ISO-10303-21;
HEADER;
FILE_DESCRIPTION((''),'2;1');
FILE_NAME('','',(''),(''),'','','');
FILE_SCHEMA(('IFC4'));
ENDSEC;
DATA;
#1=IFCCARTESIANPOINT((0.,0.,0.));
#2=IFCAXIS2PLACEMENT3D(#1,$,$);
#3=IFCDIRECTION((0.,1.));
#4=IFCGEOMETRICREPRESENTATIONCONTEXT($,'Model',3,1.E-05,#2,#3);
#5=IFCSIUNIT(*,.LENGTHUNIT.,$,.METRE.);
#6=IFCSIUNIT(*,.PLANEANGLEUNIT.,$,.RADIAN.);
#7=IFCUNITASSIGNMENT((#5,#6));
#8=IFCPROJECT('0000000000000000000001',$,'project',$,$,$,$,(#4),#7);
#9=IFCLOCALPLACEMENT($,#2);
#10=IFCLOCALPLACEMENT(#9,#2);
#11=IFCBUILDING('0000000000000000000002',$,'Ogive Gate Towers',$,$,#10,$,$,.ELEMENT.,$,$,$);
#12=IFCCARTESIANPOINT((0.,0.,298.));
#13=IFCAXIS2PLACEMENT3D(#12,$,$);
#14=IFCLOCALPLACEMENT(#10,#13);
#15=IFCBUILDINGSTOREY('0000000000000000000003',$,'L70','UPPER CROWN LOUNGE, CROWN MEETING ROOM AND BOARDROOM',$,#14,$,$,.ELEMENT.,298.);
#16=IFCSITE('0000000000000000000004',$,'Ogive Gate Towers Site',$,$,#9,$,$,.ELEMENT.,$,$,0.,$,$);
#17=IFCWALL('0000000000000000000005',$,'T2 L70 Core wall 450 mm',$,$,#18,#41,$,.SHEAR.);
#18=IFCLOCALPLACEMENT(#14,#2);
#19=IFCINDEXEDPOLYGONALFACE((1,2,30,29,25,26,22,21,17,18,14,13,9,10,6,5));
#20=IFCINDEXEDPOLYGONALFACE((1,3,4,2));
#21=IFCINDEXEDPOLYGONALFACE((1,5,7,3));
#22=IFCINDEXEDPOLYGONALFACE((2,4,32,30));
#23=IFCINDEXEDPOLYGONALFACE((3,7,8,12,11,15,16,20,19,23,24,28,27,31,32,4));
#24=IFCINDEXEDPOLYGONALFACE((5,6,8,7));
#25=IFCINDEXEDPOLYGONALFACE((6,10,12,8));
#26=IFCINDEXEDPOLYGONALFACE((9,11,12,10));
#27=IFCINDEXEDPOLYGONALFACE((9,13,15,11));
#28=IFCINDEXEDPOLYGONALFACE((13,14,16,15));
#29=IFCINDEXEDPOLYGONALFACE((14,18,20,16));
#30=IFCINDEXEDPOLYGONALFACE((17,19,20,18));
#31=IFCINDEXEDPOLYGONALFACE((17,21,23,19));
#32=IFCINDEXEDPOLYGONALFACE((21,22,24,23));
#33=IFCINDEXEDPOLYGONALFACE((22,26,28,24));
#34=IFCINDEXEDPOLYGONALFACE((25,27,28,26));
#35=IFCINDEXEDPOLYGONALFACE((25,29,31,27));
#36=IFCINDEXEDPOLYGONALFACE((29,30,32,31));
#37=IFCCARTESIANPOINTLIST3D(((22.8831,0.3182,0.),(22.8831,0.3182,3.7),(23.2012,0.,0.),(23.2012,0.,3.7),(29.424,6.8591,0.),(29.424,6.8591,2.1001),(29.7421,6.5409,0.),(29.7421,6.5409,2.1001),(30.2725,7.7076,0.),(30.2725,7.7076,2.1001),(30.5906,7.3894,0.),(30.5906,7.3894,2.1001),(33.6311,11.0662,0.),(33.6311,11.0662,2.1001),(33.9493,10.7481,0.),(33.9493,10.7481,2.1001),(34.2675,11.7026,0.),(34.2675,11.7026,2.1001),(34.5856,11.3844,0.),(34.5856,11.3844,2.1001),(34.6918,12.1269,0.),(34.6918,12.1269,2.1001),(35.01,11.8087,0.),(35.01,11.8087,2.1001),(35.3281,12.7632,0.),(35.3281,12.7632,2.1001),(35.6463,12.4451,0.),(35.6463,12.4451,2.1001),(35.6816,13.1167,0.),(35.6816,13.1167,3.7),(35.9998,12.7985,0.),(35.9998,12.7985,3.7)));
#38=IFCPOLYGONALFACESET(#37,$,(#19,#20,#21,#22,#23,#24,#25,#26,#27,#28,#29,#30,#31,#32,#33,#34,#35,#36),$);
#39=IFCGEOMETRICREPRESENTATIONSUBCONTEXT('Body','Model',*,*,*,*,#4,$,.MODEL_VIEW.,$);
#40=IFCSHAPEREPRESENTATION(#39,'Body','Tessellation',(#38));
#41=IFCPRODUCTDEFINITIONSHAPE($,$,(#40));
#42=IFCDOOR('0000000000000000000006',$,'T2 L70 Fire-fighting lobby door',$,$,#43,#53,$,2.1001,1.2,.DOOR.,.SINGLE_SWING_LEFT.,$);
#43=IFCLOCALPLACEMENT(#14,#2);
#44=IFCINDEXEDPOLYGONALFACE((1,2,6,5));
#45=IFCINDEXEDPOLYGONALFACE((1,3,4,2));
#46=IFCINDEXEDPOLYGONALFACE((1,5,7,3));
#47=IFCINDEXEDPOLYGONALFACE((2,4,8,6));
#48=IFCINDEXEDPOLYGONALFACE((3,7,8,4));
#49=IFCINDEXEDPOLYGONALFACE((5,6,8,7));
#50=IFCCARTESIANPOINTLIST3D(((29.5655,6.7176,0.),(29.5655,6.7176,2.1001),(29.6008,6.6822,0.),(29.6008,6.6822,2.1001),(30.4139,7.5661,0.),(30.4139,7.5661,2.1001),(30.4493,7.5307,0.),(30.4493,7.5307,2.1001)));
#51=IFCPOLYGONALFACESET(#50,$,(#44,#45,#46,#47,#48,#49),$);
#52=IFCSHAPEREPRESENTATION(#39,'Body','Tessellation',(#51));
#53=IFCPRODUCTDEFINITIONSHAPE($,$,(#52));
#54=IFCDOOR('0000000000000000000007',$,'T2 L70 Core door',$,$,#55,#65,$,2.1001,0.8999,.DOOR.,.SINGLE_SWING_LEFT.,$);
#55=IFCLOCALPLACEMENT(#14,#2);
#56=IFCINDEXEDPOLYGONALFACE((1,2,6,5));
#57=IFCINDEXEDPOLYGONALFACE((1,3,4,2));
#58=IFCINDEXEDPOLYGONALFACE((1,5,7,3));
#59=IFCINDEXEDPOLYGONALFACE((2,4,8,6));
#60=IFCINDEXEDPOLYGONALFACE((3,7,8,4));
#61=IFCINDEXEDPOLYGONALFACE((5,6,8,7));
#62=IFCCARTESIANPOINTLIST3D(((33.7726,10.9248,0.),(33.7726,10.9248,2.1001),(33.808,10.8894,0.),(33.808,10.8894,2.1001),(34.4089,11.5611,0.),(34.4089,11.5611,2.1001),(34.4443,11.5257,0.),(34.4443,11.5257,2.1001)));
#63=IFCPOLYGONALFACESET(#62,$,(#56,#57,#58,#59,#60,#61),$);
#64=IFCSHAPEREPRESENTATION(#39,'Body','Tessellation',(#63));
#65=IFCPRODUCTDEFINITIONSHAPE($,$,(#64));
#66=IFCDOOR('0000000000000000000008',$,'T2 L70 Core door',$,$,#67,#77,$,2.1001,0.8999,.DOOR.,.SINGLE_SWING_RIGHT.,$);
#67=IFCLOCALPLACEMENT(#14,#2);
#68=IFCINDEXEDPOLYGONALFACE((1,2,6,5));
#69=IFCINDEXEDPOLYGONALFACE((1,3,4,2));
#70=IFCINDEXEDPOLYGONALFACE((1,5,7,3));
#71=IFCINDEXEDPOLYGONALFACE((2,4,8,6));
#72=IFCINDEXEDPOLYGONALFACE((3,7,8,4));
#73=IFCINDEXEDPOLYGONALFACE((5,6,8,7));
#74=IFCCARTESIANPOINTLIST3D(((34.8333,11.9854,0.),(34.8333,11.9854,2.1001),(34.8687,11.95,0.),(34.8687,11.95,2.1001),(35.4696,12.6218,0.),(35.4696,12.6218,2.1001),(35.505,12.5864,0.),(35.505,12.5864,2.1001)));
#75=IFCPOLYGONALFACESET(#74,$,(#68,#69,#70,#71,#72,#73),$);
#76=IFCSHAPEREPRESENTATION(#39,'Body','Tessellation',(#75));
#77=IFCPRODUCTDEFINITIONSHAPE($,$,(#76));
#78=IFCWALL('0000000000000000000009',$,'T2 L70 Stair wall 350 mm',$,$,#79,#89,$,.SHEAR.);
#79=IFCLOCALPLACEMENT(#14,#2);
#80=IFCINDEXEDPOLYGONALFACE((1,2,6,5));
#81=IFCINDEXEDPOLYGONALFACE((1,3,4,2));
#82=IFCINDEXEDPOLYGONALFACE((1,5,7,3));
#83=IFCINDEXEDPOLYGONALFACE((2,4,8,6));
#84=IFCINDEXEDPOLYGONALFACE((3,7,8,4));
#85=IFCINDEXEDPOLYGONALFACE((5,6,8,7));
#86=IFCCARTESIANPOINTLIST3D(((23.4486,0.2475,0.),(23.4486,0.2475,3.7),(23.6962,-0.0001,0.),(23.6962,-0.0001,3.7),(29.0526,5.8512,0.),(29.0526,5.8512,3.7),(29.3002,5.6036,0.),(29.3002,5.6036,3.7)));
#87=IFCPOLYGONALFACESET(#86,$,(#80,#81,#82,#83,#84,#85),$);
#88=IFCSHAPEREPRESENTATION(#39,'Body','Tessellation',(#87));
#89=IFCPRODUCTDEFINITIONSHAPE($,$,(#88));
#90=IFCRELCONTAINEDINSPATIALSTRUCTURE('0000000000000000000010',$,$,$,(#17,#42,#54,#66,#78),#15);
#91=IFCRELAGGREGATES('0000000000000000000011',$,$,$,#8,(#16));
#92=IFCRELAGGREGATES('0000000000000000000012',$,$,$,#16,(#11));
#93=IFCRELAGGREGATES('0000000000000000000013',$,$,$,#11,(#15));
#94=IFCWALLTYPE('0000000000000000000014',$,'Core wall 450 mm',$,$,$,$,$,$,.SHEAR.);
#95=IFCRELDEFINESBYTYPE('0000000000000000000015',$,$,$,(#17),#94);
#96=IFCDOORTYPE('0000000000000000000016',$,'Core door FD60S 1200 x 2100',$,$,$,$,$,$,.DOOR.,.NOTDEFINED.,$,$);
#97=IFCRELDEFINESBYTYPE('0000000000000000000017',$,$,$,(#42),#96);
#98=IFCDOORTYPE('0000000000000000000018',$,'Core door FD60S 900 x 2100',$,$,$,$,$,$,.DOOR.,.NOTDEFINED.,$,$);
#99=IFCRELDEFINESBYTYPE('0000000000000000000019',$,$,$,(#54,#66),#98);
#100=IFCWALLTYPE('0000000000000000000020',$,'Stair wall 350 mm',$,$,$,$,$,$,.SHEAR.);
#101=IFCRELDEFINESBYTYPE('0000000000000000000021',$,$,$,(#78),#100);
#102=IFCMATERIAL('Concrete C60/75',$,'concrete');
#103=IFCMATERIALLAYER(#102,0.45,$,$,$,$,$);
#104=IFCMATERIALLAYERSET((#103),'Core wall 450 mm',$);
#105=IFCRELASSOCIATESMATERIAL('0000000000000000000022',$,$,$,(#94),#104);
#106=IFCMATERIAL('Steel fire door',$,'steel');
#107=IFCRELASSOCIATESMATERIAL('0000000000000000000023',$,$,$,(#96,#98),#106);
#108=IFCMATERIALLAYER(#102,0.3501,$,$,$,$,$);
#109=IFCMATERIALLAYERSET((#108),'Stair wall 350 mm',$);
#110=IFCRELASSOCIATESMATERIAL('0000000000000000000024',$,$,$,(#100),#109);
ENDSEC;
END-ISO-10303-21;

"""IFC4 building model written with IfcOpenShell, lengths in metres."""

from ifc_helpers import new_model, si_unit, direction, frame, frame_2d, origin, place, context, subcontext, project, spatial, rectangle, extrude, material, layer, layer_set, type_object, element, fill, save


model = new_model("IFC4")

# Units and contexts
model_context = context("Model", 3, precision=1e-05, world=origin(), true_north=direction((0.0, 1.0)))
body_context = subcontext(model_context, "Body", "Model", "MODEL_VIEW")
ifc_project = project(units=[si_unit("LENGTHUNIT", "METRE"), si_unit("PLANEANGLEUNIT", "RADIAN")], contexts=[model_context])

# Site, building, storey
site_placement = place(None, origin())
site = spatial("IfcSite", under=ifc_project, at=site_placement, Name="Ogive Gate Towers Site", CompositionType="ELEMENT", RefElevation=0.0)
building_placement = place(site_placement, origin())
building = spatial("IfcBuilding", under=site, at=building_placement, Name="Ogive Gate Towers", CompositionType="ELEMENT")
storey_placement = place(building_placement, frame((0.0, 0.0, 298.0)))
storey = spatial("IfcBuildingStorey", under=building, at=storey_placement, Name="L70", Description="UPPER CROWN LOUNGE, CROWN MEETING ROOM AND BOARDROOM", CompositionType="ELEMENT", Elevation=298.0)

# Wall, openings, doors
ifc_material_1 = material(Name="Concrete C60/75", Category="concrete")
ifc_layer_1 = layer(ifc_material_1, 0.45)
ifc_layer_set_1 = layer_set([ifc_layer_1], Name="Core wall 450 mm")
wall_type_1 = type_object("IfcWallType", Name="Core wall 450 mm", PredefinedType="SHEAR", material=ifc_layer_set_1)
wall_1_placement = place(storey_placement, frame((23.0422, 0.1592, 0.0), z_axis=(0.0, 0.0, 1.0), x_axis=(0.707107, 0.707107, 0.0)))
wall_1 = element("IfcWall", 1, at=wall_1_placement, inside=storey, type_object=wall_type_1, Name="T2 L70 Core wall 450 mm", PredefinedType="SHEAR", context=body_context, shape_type="SweptSolid", body=[
    extrude(rectangle(XDim=18.0999, YDim=0.45, at=frame_2d((9.0498, 0.0))), origin(), (0.0, 0.0, 1.0), 3.7),
])
opening_1_placement = place(wall_1_placement, frame((9.25, 0.0, 0.0)))
opening_1 = element("IfcOpeningElement", 2, at=opening_1_placement, cuts=wall_1, PredefinedType="OPENING", context=body_context, shape_type="SweptSolid", body=[
    extrude(rectangle(XDim=1.2, YDim=2.1001, at=frame_2d((0.6001, 1.05))), frame((0.0, 0.2349, 0.0), z_axis=(0.0, -1.0, 0.0), x_axis=(1.0, 0.0, 0.0)), (0.0, 0.0, 1.0), 0.47),
])
opening_2_placement = place(wall_1_placement, frame((15.2, 0.0, 0.0)))
opening_2 = element("IfcOpeningElement", 3, at=opening_2_placement, cuts=wall_1, PredefinedType="OPENING", context=body_context, shape_type="SweptSolid", body=[
    extrude(rectangle(XDim=0.8999, YDim=2.1001, at=frame_2d((0.45, 1.05))), frame((0.0, 0.2349, 0.0), z_axis=(0.0, -1.0, 0.0), x_axis=(1.0, 0.0, 0.0)), (0.0, 0.0, 1.0), 0.47),
])
opening_3_placement = place(wall_1_placement, frame((16.7, 0.0, 0.0)))
opening_3 = element("IfcOpeningElement", 4, at=opening_3_placement, cuts=wall_1, PredefinedType="OPENING", context=body_context, shape_type="SweptSolid", body=[
    extrude(rectangle(XDim=0.8999, YDim=2.1001, at=frame_2d((0.45, 1.05))), frame((0.0, 0.2349, 0.0), z_axis=(0.0, -1.0, 0.0), x_axis=(1.0, 0.0, 0.0)), (0.0, 0.0, 1.0), 0.47),
])
ifc_material_2 = material(Name="Steel fire door", Category="steel")
door_type_1 = type_object("IfcDoorType", Name="Core door FD60S 1200 x 2100", OperationType="NOTDEFINED", PredefinedType="DOOR", material=ifc_material_2)
door_1_placement = place(opening_1_placement, origin())
door_1 = element("IfcDoor", 5, at=door_1_placement, inside=storey, type_object=door_type_1, Name="T2 L70 Fire-fighting lobby door", OperationType="SINGLE_SWING_LEFT", OverallHeight=2.1001, OverallWidth=1.2, PredefinedType="DOOR", context=body_context, shape_type="SweptSolid", body=[
    extrude(rectangle(XDim=1.2, YDim=2.1001, at=frame_2d((0.6001, 1.05))), frame((0.0, 0.0249, 0.0), z_axis=(0.0, -1.0, 0.0), x_axis=(1.0, 0.0, 0.0)), (0.0, 0.0, 1.0), 0.05),
])
fill(opening_1, door_1)
door_type_2 = type_object("IfcDoorType", Name="Core door FD60S 900 x 2100", OperationType="NOTDEFINED", PredefinedType="DOOR", material=ifc_material_2)
door_2_placement = place(opening_2_placement, origin())
door_2 = element("IfcDoor", 6, at=door_2_placement, inside=storey, type_object=door_type_2, Name="T2 L70 Core door", OperationType="SINGLE_SWING_LEFT", OverallHeight=2.1001, OverallWidth=0.8999, PredefinedType="DOOR", context=body_context, shape_type="SweptSolid", body=[
    extrude(rectangle(XDim=0.8999, YDim=2.1001, at=frame_2d((0.45, 1.05))), frame((0.0, 0.0249, 0.0), z_axis=(0.0, -1.0, 0.0), x_axis=(1.0, 0.0, 0.0)), (0.0, 0.0, 1.0), 0.05),
])
fill(opening_2, door_2)
door_3_placement = place(opening_3_placement, origin())
door_3 = element("IfcDoor", 7, at=door_3_placement, inside=storey, type_object=door_type_2, Name="T2 L70 Core door", OperationType="SINGLE_SWING_RIGHT", OverallHeight=2.1001, OverallWidth=0.8999, PredefinedType="DOOR", context=body_context, shape_type="SweptSolid", body=[
    extrude(rectangle(XDim=0.8999, YDim=2.1001, at=frame_2d((0.45, 1.05))), frame((0.0, 0.0249, 0.0), z_axis=(0.0, -1.0, 0.0), x_axis=(1.0, 0.0, 0.0)), (0.0, 0.0, 1.0), 0.05),
])
fill(opening_3, door_3)

# Wall
ifc_layer_2 = layer(ifc_material_1, 0.3501)
ifc_layer_set_2 = layer_set([ifc_layer_2], Name="Stair wall 350 mm")
wall_type_2 = type_object("IfcWallType", Name="Stair wall 350 mm", PredefinedType="SHEAR", material=ifc_layer_set_2)
wall_2_placement = place(storey_placement, frame((23.5725, 0.1238, 0.0), z_axis=(0.0, 0.0, 1.0), x_axis=(0.707122, 0.707091, 0.0)))
element("IfcWall", 8, at=wall_2_placement, inside=storey, type_object=wall_type_2, Name="T2 L70 Stair wall 350 mm", PredefinedType="SHEAR", context=body_context, shape_type="SweptSolid", body=[
    extrude(rectangle(XDim=7.925, YDim=0.3501, at=frame_2d((3.9624, 0.0))), origin(), (0.0, 0.0, 1.0), 3.7),
])

save(model, "model.ifc")
